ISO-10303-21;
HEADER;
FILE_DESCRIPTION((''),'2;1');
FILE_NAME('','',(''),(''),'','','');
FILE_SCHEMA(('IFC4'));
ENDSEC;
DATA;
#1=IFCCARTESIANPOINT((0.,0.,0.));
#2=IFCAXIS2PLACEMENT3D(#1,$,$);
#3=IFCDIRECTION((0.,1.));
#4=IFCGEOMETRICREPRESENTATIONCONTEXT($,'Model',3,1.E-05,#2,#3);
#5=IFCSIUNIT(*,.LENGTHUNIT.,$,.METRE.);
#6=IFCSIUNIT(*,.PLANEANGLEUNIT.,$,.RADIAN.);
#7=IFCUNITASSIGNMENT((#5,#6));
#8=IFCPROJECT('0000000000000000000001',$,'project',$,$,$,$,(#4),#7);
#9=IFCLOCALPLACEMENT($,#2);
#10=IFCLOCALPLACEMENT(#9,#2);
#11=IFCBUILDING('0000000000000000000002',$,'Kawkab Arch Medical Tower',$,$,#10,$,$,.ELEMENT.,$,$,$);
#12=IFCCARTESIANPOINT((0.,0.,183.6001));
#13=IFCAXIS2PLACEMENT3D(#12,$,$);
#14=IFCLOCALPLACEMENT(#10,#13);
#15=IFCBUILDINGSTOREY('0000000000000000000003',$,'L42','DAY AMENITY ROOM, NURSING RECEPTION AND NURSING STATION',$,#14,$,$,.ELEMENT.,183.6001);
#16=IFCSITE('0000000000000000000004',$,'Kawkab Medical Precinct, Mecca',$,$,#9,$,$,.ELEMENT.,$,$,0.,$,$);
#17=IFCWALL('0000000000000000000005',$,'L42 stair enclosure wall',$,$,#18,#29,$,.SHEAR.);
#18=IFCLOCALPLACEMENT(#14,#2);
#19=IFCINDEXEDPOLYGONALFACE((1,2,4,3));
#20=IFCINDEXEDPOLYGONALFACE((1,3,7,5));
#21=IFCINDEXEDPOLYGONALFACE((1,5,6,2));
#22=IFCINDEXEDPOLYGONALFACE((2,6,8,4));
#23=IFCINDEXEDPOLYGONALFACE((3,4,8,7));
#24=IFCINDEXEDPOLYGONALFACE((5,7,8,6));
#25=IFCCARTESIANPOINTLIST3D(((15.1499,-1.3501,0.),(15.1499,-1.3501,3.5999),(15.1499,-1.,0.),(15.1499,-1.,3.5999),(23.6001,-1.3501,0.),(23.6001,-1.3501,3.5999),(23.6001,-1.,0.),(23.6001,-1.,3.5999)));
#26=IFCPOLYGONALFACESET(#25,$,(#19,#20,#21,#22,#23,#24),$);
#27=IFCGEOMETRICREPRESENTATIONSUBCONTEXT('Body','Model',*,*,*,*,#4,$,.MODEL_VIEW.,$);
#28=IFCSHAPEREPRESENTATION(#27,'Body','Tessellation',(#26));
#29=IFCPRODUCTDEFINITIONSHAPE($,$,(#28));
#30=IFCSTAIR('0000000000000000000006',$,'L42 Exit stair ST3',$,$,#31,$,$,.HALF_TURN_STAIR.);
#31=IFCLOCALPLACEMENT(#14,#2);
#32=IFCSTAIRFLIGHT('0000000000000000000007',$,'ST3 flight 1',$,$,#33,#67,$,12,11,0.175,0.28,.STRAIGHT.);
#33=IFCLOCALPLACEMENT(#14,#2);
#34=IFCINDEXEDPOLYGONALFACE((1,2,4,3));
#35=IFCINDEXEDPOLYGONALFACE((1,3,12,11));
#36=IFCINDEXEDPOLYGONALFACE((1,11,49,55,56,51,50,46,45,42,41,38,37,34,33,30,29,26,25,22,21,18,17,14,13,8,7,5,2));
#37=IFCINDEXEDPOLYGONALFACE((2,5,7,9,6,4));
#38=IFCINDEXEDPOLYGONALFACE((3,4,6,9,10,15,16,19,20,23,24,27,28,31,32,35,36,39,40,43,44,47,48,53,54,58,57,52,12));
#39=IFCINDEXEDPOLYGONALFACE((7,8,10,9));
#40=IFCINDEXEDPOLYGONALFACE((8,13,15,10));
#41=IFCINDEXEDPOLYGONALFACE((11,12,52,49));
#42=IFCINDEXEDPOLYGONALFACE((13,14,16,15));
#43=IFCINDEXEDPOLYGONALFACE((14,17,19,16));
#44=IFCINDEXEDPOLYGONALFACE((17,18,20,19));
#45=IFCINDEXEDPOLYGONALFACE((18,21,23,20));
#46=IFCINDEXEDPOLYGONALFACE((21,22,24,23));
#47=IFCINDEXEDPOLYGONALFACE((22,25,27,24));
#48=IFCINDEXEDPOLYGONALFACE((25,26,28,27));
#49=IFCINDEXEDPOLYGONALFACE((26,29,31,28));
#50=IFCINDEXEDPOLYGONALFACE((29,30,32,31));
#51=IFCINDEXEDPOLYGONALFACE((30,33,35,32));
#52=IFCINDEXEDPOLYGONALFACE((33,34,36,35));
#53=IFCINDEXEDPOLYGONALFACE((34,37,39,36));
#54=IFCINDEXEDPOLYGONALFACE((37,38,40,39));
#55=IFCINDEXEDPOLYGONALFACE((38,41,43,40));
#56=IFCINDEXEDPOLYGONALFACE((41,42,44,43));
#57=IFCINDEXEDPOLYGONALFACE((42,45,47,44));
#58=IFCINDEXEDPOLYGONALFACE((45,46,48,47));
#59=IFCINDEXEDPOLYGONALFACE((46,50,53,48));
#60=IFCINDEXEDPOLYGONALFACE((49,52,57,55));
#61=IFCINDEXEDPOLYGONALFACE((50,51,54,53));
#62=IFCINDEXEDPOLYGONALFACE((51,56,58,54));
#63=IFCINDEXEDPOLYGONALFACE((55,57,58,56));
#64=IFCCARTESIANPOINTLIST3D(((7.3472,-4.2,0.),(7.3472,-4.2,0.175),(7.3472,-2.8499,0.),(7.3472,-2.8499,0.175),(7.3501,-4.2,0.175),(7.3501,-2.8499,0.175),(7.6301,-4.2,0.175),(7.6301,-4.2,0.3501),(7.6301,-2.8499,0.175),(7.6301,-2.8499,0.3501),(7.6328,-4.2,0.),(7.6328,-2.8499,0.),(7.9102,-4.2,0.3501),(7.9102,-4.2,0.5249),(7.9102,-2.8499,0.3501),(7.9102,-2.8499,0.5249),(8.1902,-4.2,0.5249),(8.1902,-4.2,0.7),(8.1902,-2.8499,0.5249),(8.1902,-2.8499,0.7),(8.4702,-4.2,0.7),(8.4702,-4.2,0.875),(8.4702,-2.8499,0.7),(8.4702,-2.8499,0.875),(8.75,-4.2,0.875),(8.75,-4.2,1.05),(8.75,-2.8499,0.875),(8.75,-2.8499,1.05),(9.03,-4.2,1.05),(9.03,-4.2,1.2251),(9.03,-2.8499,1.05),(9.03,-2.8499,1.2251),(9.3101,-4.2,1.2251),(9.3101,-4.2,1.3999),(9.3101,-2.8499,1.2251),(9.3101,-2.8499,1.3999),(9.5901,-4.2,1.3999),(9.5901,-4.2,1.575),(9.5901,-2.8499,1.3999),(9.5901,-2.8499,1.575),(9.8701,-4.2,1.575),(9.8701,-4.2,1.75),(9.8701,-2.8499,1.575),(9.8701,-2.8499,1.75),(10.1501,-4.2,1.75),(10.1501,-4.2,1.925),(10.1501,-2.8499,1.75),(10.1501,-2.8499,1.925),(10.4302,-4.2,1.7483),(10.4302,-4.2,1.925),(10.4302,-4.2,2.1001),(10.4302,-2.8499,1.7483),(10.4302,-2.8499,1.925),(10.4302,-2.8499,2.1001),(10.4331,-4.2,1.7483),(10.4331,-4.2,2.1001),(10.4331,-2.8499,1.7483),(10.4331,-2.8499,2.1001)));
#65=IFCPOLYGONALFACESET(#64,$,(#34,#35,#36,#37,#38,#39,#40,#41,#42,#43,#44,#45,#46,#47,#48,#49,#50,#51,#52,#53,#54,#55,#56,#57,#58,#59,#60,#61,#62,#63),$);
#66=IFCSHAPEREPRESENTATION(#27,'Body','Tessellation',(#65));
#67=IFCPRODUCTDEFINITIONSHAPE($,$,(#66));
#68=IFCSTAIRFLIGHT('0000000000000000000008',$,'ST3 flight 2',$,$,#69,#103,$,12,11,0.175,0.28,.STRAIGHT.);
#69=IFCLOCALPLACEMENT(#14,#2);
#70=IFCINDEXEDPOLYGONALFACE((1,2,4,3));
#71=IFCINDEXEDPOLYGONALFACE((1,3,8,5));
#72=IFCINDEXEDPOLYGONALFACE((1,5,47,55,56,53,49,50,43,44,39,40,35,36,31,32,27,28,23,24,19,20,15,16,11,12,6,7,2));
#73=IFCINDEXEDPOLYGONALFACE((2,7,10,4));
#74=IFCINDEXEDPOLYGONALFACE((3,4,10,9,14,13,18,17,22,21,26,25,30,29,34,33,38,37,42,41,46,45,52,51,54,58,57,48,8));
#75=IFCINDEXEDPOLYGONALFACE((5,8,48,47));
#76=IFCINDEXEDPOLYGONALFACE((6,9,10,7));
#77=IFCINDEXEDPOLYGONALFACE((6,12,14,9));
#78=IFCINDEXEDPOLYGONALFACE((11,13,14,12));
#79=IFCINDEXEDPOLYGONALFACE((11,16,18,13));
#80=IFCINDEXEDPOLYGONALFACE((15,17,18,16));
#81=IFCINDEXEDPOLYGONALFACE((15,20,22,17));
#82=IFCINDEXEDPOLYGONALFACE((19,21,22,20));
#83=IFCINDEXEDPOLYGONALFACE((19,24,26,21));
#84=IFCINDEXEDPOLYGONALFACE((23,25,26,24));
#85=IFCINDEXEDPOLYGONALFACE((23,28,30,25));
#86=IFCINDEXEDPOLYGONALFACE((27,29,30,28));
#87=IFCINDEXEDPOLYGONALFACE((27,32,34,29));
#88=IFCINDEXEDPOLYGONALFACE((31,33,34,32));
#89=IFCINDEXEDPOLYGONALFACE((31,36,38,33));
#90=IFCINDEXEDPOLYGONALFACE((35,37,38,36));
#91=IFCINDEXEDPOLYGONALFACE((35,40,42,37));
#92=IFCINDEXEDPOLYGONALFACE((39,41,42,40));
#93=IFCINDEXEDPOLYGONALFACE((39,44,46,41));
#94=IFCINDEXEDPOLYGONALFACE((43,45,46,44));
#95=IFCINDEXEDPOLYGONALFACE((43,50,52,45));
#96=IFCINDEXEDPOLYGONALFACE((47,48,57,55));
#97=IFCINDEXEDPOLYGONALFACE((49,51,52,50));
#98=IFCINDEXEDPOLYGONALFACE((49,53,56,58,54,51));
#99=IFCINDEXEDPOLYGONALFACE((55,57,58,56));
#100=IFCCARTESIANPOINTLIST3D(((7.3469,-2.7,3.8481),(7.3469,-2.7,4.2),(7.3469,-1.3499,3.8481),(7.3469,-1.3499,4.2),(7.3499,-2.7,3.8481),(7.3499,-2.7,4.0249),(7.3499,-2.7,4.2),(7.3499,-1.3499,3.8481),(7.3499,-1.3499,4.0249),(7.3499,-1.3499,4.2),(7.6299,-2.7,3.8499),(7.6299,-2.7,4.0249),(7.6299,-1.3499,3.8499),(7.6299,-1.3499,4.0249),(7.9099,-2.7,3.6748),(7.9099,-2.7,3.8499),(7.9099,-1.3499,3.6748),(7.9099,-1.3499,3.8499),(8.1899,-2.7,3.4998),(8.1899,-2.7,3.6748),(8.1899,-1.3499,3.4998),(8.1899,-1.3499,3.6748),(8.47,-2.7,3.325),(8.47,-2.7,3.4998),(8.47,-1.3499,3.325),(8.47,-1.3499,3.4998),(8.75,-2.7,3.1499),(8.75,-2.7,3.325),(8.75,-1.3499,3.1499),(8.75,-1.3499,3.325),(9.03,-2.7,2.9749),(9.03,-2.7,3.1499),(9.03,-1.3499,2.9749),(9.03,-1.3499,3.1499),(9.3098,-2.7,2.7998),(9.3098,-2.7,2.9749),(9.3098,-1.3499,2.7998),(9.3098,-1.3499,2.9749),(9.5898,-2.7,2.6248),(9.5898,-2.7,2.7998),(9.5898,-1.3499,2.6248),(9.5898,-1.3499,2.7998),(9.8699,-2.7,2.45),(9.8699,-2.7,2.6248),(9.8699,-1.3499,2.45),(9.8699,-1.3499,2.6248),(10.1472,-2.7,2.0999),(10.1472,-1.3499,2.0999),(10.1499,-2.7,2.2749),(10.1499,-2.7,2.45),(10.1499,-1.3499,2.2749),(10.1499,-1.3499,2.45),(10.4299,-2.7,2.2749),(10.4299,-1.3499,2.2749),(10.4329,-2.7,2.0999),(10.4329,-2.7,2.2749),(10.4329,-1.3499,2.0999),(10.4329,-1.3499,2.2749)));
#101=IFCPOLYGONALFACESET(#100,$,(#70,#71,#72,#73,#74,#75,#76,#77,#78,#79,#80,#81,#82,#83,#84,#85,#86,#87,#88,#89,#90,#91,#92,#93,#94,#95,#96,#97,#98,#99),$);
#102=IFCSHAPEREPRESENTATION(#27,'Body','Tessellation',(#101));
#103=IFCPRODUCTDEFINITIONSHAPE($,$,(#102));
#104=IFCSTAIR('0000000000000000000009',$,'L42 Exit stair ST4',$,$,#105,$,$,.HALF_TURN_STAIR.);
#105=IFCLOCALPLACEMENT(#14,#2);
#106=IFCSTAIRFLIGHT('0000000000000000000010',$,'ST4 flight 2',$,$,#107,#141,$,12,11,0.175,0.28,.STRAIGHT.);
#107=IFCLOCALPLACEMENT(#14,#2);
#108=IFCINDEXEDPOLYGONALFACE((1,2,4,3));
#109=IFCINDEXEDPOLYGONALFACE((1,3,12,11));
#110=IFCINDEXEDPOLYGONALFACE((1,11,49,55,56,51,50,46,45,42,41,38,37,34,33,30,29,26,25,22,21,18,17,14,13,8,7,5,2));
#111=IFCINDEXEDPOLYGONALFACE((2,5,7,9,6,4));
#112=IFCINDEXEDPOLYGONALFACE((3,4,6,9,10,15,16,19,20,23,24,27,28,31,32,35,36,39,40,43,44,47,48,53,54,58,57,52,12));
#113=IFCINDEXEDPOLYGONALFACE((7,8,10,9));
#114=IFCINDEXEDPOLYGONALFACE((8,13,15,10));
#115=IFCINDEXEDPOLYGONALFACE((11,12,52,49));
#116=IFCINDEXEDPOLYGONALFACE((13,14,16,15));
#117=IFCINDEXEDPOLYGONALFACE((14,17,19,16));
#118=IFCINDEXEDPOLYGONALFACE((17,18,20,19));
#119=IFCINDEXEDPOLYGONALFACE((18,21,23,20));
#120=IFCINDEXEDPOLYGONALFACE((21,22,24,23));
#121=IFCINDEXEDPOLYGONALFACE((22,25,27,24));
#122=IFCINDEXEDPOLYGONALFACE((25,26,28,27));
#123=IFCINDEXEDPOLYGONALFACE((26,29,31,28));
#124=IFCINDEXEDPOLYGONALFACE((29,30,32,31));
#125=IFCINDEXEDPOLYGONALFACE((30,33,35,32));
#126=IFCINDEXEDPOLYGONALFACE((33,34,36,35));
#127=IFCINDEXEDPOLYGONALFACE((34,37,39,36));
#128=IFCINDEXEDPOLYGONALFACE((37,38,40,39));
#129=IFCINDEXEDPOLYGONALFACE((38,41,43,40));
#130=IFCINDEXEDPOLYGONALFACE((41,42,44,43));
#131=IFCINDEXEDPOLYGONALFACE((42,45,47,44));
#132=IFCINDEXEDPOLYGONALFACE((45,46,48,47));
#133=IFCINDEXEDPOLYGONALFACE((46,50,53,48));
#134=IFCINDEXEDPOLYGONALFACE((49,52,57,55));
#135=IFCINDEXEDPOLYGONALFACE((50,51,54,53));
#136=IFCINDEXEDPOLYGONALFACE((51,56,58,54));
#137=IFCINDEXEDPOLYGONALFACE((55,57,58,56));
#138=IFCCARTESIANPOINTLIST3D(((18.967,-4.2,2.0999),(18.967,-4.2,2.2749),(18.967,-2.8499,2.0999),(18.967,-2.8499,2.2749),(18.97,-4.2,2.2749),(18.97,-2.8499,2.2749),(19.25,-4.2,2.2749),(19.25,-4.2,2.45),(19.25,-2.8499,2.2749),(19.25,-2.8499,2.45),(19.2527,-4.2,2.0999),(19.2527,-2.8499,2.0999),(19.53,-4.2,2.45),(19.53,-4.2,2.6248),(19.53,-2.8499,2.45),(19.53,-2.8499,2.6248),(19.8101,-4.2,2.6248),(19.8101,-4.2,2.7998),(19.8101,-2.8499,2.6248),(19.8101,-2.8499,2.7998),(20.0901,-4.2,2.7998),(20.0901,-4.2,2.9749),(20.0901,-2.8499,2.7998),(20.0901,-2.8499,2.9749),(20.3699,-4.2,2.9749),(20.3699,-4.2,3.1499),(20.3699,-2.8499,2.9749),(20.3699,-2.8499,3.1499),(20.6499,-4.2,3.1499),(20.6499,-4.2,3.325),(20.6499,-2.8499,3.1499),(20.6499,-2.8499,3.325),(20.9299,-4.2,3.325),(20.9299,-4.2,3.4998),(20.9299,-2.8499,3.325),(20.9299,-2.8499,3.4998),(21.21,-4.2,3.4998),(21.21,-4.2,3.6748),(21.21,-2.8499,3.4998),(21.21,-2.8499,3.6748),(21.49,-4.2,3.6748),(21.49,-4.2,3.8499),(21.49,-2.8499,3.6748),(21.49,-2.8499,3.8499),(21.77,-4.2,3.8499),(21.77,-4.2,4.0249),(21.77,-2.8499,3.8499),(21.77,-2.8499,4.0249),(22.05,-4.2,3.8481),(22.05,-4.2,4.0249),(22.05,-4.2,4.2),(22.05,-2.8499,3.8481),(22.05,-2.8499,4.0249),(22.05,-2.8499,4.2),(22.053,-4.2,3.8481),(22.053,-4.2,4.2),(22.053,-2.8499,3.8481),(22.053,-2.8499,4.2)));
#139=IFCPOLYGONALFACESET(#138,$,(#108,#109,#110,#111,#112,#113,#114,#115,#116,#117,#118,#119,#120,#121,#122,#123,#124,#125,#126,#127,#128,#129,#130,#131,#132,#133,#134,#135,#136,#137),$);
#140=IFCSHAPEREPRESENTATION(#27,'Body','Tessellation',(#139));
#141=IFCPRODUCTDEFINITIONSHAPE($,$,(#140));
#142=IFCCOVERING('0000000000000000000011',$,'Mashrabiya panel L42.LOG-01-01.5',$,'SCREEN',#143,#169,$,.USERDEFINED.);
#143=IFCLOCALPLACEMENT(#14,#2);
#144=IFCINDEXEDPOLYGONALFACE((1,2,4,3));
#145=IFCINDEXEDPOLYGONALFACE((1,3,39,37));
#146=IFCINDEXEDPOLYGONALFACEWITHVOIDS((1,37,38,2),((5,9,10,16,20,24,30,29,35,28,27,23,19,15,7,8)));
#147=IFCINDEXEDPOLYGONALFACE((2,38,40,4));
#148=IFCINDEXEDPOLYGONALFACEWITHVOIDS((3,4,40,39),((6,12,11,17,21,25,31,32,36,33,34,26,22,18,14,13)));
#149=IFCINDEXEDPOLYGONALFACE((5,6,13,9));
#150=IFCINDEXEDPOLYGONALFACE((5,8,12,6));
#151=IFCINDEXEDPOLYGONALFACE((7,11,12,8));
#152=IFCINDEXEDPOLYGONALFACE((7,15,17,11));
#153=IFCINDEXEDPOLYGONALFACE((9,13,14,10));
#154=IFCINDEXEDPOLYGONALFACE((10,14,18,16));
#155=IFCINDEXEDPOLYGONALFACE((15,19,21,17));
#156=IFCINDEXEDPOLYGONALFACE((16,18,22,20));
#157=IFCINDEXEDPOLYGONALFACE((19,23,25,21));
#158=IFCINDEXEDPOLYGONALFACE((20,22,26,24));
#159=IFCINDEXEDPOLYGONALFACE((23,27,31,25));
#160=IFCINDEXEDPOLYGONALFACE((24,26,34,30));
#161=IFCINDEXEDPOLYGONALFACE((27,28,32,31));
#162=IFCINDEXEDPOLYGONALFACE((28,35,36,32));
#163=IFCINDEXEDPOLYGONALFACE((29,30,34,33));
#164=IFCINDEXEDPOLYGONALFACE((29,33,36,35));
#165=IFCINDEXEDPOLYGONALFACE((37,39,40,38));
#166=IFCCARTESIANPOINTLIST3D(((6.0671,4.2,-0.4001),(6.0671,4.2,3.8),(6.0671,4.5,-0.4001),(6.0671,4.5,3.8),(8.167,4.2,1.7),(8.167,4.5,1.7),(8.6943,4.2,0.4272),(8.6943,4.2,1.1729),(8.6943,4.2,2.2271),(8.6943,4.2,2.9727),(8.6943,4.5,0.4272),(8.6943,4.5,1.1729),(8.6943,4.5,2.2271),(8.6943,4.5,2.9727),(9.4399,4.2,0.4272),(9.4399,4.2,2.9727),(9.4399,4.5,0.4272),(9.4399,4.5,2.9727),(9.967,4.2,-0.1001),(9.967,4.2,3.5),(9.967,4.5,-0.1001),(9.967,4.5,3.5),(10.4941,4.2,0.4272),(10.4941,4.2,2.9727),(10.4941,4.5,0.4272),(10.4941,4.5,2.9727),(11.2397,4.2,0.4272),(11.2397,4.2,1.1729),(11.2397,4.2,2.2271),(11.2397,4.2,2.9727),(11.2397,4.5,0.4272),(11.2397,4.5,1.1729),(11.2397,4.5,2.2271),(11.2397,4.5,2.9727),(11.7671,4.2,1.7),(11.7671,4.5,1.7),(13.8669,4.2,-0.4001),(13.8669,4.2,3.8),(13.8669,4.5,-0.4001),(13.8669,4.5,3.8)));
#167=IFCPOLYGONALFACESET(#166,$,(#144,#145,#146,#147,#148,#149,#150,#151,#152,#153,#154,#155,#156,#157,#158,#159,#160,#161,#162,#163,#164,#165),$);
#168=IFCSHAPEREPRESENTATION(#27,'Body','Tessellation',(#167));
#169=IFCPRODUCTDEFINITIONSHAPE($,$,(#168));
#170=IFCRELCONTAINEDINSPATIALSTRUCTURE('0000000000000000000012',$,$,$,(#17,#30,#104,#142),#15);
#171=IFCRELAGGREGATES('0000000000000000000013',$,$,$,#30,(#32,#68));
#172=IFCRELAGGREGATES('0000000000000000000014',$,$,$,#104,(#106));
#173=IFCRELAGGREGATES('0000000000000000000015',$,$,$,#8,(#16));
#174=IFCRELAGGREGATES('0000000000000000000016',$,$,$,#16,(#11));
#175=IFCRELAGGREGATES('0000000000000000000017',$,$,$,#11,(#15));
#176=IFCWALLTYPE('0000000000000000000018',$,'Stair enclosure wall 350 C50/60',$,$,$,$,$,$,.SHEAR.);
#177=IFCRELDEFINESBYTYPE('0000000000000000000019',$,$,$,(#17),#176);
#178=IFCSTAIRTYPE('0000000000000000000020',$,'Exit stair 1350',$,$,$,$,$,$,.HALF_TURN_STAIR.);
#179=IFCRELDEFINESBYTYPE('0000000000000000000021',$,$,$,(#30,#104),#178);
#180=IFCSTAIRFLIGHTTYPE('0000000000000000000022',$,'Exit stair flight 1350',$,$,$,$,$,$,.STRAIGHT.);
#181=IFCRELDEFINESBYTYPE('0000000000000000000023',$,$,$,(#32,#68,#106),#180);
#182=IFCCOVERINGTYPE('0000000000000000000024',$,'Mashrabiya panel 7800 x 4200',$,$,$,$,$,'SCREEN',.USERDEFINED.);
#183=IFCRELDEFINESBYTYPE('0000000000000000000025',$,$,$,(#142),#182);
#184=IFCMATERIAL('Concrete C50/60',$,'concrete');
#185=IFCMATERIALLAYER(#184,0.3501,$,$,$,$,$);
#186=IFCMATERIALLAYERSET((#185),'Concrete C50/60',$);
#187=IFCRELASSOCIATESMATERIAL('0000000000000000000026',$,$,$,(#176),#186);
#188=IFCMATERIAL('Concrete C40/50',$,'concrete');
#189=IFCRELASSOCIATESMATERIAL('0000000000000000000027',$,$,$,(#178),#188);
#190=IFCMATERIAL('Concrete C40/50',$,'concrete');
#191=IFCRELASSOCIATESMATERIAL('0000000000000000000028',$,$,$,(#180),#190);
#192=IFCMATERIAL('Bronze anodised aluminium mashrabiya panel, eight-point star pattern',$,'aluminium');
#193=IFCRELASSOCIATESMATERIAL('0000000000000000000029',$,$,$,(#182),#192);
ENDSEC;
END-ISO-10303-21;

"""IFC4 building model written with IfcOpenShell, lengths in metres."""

from ifc_helpers import new_model, si_unit, direction, frame, frame_2d, origin, place, context, subcontext, project, spatial, polyline, rectangle, outline, extrude, material, layer, layer_set, material_profile, profile_set, type_object, element, aggregate, save


model = new_model("IFC4")

# Units and contexts
model_context = context("Model", 3, precision=1e-05, world=origin(), true_north=direction((0.0, 1.0)))
body_context = subcontext(model_context, "Body", "Model", "MODEL_VIEW")
ifc_project = project(units=[si_unit("LENGTHUNIT", "METRE"), si_unit("PLANEANGLEUNIT", "RADIAN")], contexts=[model_context])

# Site, building, storey
site_placement = place(None, origin())
site = spatial("IfcSite", under=ifc_project, at=site_placement, Name="Kawkab Medical Precinct, Mecca", CompositionType="ELEMENT", RefElevation=0.0)
building_placement = place(site_placement, origin())
building = spatial("IfcBuilding", under=site, at=building_placement, Name="Kawkab Arch Medical Tower", CompositionType="ELEMENT")
storey_placement = place(building_placement, frame((0.0, 0.0, 183.6001)))
storey = spatial("IfcBuildingStorey", under=building, at=storey_placement, Name="L42", Description="DAY AMENITY ROOM, NURSING RECEPTION AND NURSING STATION", CompositionType="ELEMENT", Elevation=183.6001)

# Shared definitions
placement = place(storey_placement, origin())

# Wall
ifc_material_1 = material(Name="Concrete C50/60", Category="concrete")
ifc_layer_1 = layer(ifc_material_1, 0.3501)
ifc_layer_set_1 = layer_set([ifc_layer_1], Name="Concrete C50/60")
wall_type_1 = type_object("IfcWallType", Name="Stair enclosure wall 350 C50/60", PredefinedType="SHEAR", material=ifc_layer_set_1)
wall_placement = place(storey_placement, frame((15.1499, -1.175, 0.0), z_axis=(0.0, 0.0, 1.0), x_axis=(1.0, 0.0, 0.0)))
element("IfcWall", 1, at=wall_placement, inside=storey, type_object=wall_type_1, Name="L42 stair enclosure wall", PredefinedType="SHEAR", context=body_context, shape_type="SweptSolid", body=[
    extrude(rectangle(XDim=8.4502, YDim=0.3501, at=frame_2d((4.2251, 0.0))), origin(), (0.0, 0.0, 1.0), 3.5999),
])

# Stair, stair flights
ifc_material_2 = material(Name="Concrete C40/50", Category="concrete")
stair_type = type_object("IfcStairType", Name="Exit stair 1350", PredefinedType="HALF_TURN_STAIR", material=ifc_material_2)
stair_1 = element("IfcStair", 2, at=placement, inside=storey, type_object=stair_type, Name="L42 Exit stair ST3", PredefinedType="HALF_TURN_STAIR")
ifc_material_3 = material(Name="Concrete C40/50", Category="concrete")
stair_flight_type = type_object("IfcStairFlightType", Name="Exit stair flight 1350", PredefinedType="STRAIGHT", material=ifc_material_3)
stair_flight_1_placement = place(storey_placement, frame((7.3501, -3.5249, 0.0), z_axis=(0.0, 0.0, 1.0), x_axis=(1.0, 0.0, 0.0)))
stair_flight_1 = element("IfcStairFlight", 3, at=stair_flight_1_placement, type_object=stair_flight_type, Name="ST3 flight 1", NumberOfRisers=12, NumberOfTreads=11, PredefinedType="STRAIGHT", RiserHeight=0.175, TreadLength=0.28, context=body_context, shape_type="SweptSolid", body=[
    extrude(outline(polyline([(-0.0029, 0.0), (-0.0029, 0.175), (0.0, 0.175), (0.28, 0.175), (0.28, 0.3501), (0.5601, 0.3501), (0.5601, 0.5249), (0.8401, 0.5249), (0.8401, 0.7), (1.1201, 0.7), (1.1201, 0.875), (1.3999, 0.875), (1.3999, 1.05), (1.6799, 1.05), (1.6799, 1.2251), (1.96, 1.2251), (1.96, 1.3999), (2.24, 1.3999), (2.24, 1.575), (2.52, 1.575), (2.52, 1.75), (2.8, 1.75), (2.8, 1.925), (3.0801, 1.925), (3.0801, 2.1001), (3.083, 2.1001), (3.083, 1.7483), (3.0801, 1.7483), (0.2827, 0.0), (-0.0029, 0.0)])), frame((0.0, 0.675, 0.0), z_axis=(0.0, -1.0, 0.0), x_axis=(1.0, 0.0, 0.0)), (0.0, 0.0, 1.0), 1.3501),
])
stair_flight_2_placement = place(storey_placement, frame((10.4299, -2.0249, 2.0999), z_axis=(0.0, 0.0, 1.0), x_axis=(-1.0, 0.0, 0.0)))
stair_flight_2 = element("IfcStairFlight", 4, at=stair_flight_2_placement, type_object=stair_flight_type, Name="ST3 flight 2", NumberOfRisers=12, NumberOfTreads=11, PredefinedType="STRAIGHT", RiserHeight=0.175, TreadLength=0.28, context=body_context, shape_type="SweptSolid", body=[
    extrude(outline(polyline([(-0.0029, 0.0), (-0.0029, 0.175), (0.0, 0.175), (0.28, 0.175), (0.28, 0.3501), (0.5601, 0.3501), (0.5601, 0.5249), (0.8401, 0.5249), (0.8401, 0.7), (1.1201, 0.7), (1.1201, 0.875), (1.3999, 0.875), (1.3999, 1.05), (1.6799, 1.05), (1.6799, 1.2251), (1.96, 1.2251), (1.96, 1.3999), (2.24, 1.3999), (2.24, 1.575), (2.52, 1.575), (2.52, 1.75), (2.8, 1.75), (2.8, 1.925), (3.0801, 1.925), (3.0801, 2.1001), (3.083, 2.1001), (3.083, 1.7483), (3.0801, 1.7483), (0.2827, 0.0), (-0.0029, 0.0)])), frame((0.0, 0.675, 0.0), z_axis=(0.0, -1.0, 0.0), x_axis=(1.0, 0.0, 0.0)), (0.0, 0.0, 1.0), 1.3501),
])
aggregate(stair_1, [stair_flight_1, stair_flight_2])

# Stair, stair flight
stair_2 = element("IfcStair", 5, at=placement, inside=storey, type_object=stair_type, Name="L42 Exit stair ST4", PredefinedType="HALF_TURN_STAIR")
stair_flight_3_placement = place(storey_placement, frame((18.97, -3.5249, 2.0999), z_axis=(0.0, 0.0, 1.0), x_axis=(1.0, 0.0, 0.0)))
stair_flight_3 = element("IfcStairFlight", 6, at=stair_flight_3_placement, type_object=stair_flight_type, Name="ST4 flight 2", NumberOfRisers=12, NumberOfTreads=11, PredefinedType="STRAIGHT", RiserHeight=0.175, TreadLength=0.28, context=body_context, shape_type="SweptSolid", body=[
    extrude(outline(polyline([(-0.0029, 0.0), (-0.0029, 0.175), (0.0, 0.175), (0.28, 0.175), (0.28, 0.3501), (0.5601, 0.3501), (0.5601, 0.5249), (0.8401, 0.5249), (0.8401, 0.7), (1.1201, 0.7), (1.1201, 0.875), (1.3999, 0.875), (1.3999, 1.05), (1.6799, 1.05), (1.6799, 1.2251), (1.96, 1.2251), (1.96, 1.3999), (2.24, 1.3999), (2.24, 1.575), (2.52, 1.575), (2.52, 1.75), (2.8, 1.75), (2.8, 1.925), (3.0801, 1.925), (3.0801, 2.1001), (3.083, 2.1001), (3.083, 1.7483), (3.0801, 1.7483), (0.2827, 0.0), (-0.0029, 0.0)])), frame((0.0, 0.675, 0.0), z_axis=(0.0, -1.0, 0.0), x_axis=(1.0, 0.0, 0.0)), (0.0, 0.0, 1.0), 1.3501),
])
aggregate(stair_2, [stair_flight_3])

# Covering
ifc_material_4 = material(Name="Bronze anodised aluminium mashrabiya panel, eight-point star pattern", Category="aluminium")
ifc_material_profile_1 = material_profile(ifc_material_4, outline(polyline([(-3.8999, -2.1001), (3.8999, -2.1001), (3.8999, 2.1001), (-3.8999, 2.1001), (-3.8999, -2.1001)]), holes=[polyline([(1.8, 0.0), (1.2727, 0.5271), (1.2727, 1.2727), (0.5271, 1.2727), (0.0, 1.8), (-0.5271, 1.2727), (-1.2727, 1.2727), (-1.2727, 0.5271), (-1.8, 0.0), (-1.2727, -0.5271), (-1.2727, -1.2727), (-0.5271, -1.2727), (0.0, -1.8), (0.5271, -1.2727), (1.2727, -1.2727), (1.2727, -0.5271), (1.8, 0.0)])]), Name="Mashrabiya panel 7800x4200")
ifc_profile_set_1 = profile_set([ifc_material_profile_1], Name="Bronze anodised aluminium mashrabiya panel, eight-point star pattern")
covering_type_1 = type_object("IfcCoveringType", Name="Mashrabiya panel 7800 x 4200", ElementType="SCREEN", PredefinedType="USERDEFINED", material=ifc_profile_set_1)
covering_1_placement = place(storey_placement, frame((9.967, 4.2, 1.7), z_axis=(0.0, 1.0, 0.0), x_axis=(-1.0, 0.0, 0.0)))
element("IfcCovering", 7, at=covering_1_placement, inside=storey, type_object=covering_type_1, Name="Mashrabiya panel L42.LOG-01-01.5", ObjectType="SCREEN", PredefinedType="USERDEFINED", context=body_context, shape_type="SweptSolid", body=[
    extrude(outline(polyline([(-3.8999, -2.1001), (3.8999, -2.1001), (3.8999, 2.1001), (-3.8999, 2.1001), (-3.8999, -2.1001)]), holes=[polyline([(1.8, 0.0), (1.2727, 0.5271), (1.2727, 1.2727), (0.5271, 1.2727), (0.0, 1.8), (-0.5271, 1.2727), (-1.2727, 1.2727), (-1.2727, 0.5271), (-1.8, 0.0), (-1.2727, -0.5271), (-1.2727, -1.2727), (-0.5271, -1.2727), (0.0, -1.8), (0.5271, -1.2727), (1.2727, -1.2727), (1.2727, -0.5271), (1.8, 0.0)])]), origin(), (0.0, 0.0, 1.0), 0.3),
])

save(model, "model.ifc")
